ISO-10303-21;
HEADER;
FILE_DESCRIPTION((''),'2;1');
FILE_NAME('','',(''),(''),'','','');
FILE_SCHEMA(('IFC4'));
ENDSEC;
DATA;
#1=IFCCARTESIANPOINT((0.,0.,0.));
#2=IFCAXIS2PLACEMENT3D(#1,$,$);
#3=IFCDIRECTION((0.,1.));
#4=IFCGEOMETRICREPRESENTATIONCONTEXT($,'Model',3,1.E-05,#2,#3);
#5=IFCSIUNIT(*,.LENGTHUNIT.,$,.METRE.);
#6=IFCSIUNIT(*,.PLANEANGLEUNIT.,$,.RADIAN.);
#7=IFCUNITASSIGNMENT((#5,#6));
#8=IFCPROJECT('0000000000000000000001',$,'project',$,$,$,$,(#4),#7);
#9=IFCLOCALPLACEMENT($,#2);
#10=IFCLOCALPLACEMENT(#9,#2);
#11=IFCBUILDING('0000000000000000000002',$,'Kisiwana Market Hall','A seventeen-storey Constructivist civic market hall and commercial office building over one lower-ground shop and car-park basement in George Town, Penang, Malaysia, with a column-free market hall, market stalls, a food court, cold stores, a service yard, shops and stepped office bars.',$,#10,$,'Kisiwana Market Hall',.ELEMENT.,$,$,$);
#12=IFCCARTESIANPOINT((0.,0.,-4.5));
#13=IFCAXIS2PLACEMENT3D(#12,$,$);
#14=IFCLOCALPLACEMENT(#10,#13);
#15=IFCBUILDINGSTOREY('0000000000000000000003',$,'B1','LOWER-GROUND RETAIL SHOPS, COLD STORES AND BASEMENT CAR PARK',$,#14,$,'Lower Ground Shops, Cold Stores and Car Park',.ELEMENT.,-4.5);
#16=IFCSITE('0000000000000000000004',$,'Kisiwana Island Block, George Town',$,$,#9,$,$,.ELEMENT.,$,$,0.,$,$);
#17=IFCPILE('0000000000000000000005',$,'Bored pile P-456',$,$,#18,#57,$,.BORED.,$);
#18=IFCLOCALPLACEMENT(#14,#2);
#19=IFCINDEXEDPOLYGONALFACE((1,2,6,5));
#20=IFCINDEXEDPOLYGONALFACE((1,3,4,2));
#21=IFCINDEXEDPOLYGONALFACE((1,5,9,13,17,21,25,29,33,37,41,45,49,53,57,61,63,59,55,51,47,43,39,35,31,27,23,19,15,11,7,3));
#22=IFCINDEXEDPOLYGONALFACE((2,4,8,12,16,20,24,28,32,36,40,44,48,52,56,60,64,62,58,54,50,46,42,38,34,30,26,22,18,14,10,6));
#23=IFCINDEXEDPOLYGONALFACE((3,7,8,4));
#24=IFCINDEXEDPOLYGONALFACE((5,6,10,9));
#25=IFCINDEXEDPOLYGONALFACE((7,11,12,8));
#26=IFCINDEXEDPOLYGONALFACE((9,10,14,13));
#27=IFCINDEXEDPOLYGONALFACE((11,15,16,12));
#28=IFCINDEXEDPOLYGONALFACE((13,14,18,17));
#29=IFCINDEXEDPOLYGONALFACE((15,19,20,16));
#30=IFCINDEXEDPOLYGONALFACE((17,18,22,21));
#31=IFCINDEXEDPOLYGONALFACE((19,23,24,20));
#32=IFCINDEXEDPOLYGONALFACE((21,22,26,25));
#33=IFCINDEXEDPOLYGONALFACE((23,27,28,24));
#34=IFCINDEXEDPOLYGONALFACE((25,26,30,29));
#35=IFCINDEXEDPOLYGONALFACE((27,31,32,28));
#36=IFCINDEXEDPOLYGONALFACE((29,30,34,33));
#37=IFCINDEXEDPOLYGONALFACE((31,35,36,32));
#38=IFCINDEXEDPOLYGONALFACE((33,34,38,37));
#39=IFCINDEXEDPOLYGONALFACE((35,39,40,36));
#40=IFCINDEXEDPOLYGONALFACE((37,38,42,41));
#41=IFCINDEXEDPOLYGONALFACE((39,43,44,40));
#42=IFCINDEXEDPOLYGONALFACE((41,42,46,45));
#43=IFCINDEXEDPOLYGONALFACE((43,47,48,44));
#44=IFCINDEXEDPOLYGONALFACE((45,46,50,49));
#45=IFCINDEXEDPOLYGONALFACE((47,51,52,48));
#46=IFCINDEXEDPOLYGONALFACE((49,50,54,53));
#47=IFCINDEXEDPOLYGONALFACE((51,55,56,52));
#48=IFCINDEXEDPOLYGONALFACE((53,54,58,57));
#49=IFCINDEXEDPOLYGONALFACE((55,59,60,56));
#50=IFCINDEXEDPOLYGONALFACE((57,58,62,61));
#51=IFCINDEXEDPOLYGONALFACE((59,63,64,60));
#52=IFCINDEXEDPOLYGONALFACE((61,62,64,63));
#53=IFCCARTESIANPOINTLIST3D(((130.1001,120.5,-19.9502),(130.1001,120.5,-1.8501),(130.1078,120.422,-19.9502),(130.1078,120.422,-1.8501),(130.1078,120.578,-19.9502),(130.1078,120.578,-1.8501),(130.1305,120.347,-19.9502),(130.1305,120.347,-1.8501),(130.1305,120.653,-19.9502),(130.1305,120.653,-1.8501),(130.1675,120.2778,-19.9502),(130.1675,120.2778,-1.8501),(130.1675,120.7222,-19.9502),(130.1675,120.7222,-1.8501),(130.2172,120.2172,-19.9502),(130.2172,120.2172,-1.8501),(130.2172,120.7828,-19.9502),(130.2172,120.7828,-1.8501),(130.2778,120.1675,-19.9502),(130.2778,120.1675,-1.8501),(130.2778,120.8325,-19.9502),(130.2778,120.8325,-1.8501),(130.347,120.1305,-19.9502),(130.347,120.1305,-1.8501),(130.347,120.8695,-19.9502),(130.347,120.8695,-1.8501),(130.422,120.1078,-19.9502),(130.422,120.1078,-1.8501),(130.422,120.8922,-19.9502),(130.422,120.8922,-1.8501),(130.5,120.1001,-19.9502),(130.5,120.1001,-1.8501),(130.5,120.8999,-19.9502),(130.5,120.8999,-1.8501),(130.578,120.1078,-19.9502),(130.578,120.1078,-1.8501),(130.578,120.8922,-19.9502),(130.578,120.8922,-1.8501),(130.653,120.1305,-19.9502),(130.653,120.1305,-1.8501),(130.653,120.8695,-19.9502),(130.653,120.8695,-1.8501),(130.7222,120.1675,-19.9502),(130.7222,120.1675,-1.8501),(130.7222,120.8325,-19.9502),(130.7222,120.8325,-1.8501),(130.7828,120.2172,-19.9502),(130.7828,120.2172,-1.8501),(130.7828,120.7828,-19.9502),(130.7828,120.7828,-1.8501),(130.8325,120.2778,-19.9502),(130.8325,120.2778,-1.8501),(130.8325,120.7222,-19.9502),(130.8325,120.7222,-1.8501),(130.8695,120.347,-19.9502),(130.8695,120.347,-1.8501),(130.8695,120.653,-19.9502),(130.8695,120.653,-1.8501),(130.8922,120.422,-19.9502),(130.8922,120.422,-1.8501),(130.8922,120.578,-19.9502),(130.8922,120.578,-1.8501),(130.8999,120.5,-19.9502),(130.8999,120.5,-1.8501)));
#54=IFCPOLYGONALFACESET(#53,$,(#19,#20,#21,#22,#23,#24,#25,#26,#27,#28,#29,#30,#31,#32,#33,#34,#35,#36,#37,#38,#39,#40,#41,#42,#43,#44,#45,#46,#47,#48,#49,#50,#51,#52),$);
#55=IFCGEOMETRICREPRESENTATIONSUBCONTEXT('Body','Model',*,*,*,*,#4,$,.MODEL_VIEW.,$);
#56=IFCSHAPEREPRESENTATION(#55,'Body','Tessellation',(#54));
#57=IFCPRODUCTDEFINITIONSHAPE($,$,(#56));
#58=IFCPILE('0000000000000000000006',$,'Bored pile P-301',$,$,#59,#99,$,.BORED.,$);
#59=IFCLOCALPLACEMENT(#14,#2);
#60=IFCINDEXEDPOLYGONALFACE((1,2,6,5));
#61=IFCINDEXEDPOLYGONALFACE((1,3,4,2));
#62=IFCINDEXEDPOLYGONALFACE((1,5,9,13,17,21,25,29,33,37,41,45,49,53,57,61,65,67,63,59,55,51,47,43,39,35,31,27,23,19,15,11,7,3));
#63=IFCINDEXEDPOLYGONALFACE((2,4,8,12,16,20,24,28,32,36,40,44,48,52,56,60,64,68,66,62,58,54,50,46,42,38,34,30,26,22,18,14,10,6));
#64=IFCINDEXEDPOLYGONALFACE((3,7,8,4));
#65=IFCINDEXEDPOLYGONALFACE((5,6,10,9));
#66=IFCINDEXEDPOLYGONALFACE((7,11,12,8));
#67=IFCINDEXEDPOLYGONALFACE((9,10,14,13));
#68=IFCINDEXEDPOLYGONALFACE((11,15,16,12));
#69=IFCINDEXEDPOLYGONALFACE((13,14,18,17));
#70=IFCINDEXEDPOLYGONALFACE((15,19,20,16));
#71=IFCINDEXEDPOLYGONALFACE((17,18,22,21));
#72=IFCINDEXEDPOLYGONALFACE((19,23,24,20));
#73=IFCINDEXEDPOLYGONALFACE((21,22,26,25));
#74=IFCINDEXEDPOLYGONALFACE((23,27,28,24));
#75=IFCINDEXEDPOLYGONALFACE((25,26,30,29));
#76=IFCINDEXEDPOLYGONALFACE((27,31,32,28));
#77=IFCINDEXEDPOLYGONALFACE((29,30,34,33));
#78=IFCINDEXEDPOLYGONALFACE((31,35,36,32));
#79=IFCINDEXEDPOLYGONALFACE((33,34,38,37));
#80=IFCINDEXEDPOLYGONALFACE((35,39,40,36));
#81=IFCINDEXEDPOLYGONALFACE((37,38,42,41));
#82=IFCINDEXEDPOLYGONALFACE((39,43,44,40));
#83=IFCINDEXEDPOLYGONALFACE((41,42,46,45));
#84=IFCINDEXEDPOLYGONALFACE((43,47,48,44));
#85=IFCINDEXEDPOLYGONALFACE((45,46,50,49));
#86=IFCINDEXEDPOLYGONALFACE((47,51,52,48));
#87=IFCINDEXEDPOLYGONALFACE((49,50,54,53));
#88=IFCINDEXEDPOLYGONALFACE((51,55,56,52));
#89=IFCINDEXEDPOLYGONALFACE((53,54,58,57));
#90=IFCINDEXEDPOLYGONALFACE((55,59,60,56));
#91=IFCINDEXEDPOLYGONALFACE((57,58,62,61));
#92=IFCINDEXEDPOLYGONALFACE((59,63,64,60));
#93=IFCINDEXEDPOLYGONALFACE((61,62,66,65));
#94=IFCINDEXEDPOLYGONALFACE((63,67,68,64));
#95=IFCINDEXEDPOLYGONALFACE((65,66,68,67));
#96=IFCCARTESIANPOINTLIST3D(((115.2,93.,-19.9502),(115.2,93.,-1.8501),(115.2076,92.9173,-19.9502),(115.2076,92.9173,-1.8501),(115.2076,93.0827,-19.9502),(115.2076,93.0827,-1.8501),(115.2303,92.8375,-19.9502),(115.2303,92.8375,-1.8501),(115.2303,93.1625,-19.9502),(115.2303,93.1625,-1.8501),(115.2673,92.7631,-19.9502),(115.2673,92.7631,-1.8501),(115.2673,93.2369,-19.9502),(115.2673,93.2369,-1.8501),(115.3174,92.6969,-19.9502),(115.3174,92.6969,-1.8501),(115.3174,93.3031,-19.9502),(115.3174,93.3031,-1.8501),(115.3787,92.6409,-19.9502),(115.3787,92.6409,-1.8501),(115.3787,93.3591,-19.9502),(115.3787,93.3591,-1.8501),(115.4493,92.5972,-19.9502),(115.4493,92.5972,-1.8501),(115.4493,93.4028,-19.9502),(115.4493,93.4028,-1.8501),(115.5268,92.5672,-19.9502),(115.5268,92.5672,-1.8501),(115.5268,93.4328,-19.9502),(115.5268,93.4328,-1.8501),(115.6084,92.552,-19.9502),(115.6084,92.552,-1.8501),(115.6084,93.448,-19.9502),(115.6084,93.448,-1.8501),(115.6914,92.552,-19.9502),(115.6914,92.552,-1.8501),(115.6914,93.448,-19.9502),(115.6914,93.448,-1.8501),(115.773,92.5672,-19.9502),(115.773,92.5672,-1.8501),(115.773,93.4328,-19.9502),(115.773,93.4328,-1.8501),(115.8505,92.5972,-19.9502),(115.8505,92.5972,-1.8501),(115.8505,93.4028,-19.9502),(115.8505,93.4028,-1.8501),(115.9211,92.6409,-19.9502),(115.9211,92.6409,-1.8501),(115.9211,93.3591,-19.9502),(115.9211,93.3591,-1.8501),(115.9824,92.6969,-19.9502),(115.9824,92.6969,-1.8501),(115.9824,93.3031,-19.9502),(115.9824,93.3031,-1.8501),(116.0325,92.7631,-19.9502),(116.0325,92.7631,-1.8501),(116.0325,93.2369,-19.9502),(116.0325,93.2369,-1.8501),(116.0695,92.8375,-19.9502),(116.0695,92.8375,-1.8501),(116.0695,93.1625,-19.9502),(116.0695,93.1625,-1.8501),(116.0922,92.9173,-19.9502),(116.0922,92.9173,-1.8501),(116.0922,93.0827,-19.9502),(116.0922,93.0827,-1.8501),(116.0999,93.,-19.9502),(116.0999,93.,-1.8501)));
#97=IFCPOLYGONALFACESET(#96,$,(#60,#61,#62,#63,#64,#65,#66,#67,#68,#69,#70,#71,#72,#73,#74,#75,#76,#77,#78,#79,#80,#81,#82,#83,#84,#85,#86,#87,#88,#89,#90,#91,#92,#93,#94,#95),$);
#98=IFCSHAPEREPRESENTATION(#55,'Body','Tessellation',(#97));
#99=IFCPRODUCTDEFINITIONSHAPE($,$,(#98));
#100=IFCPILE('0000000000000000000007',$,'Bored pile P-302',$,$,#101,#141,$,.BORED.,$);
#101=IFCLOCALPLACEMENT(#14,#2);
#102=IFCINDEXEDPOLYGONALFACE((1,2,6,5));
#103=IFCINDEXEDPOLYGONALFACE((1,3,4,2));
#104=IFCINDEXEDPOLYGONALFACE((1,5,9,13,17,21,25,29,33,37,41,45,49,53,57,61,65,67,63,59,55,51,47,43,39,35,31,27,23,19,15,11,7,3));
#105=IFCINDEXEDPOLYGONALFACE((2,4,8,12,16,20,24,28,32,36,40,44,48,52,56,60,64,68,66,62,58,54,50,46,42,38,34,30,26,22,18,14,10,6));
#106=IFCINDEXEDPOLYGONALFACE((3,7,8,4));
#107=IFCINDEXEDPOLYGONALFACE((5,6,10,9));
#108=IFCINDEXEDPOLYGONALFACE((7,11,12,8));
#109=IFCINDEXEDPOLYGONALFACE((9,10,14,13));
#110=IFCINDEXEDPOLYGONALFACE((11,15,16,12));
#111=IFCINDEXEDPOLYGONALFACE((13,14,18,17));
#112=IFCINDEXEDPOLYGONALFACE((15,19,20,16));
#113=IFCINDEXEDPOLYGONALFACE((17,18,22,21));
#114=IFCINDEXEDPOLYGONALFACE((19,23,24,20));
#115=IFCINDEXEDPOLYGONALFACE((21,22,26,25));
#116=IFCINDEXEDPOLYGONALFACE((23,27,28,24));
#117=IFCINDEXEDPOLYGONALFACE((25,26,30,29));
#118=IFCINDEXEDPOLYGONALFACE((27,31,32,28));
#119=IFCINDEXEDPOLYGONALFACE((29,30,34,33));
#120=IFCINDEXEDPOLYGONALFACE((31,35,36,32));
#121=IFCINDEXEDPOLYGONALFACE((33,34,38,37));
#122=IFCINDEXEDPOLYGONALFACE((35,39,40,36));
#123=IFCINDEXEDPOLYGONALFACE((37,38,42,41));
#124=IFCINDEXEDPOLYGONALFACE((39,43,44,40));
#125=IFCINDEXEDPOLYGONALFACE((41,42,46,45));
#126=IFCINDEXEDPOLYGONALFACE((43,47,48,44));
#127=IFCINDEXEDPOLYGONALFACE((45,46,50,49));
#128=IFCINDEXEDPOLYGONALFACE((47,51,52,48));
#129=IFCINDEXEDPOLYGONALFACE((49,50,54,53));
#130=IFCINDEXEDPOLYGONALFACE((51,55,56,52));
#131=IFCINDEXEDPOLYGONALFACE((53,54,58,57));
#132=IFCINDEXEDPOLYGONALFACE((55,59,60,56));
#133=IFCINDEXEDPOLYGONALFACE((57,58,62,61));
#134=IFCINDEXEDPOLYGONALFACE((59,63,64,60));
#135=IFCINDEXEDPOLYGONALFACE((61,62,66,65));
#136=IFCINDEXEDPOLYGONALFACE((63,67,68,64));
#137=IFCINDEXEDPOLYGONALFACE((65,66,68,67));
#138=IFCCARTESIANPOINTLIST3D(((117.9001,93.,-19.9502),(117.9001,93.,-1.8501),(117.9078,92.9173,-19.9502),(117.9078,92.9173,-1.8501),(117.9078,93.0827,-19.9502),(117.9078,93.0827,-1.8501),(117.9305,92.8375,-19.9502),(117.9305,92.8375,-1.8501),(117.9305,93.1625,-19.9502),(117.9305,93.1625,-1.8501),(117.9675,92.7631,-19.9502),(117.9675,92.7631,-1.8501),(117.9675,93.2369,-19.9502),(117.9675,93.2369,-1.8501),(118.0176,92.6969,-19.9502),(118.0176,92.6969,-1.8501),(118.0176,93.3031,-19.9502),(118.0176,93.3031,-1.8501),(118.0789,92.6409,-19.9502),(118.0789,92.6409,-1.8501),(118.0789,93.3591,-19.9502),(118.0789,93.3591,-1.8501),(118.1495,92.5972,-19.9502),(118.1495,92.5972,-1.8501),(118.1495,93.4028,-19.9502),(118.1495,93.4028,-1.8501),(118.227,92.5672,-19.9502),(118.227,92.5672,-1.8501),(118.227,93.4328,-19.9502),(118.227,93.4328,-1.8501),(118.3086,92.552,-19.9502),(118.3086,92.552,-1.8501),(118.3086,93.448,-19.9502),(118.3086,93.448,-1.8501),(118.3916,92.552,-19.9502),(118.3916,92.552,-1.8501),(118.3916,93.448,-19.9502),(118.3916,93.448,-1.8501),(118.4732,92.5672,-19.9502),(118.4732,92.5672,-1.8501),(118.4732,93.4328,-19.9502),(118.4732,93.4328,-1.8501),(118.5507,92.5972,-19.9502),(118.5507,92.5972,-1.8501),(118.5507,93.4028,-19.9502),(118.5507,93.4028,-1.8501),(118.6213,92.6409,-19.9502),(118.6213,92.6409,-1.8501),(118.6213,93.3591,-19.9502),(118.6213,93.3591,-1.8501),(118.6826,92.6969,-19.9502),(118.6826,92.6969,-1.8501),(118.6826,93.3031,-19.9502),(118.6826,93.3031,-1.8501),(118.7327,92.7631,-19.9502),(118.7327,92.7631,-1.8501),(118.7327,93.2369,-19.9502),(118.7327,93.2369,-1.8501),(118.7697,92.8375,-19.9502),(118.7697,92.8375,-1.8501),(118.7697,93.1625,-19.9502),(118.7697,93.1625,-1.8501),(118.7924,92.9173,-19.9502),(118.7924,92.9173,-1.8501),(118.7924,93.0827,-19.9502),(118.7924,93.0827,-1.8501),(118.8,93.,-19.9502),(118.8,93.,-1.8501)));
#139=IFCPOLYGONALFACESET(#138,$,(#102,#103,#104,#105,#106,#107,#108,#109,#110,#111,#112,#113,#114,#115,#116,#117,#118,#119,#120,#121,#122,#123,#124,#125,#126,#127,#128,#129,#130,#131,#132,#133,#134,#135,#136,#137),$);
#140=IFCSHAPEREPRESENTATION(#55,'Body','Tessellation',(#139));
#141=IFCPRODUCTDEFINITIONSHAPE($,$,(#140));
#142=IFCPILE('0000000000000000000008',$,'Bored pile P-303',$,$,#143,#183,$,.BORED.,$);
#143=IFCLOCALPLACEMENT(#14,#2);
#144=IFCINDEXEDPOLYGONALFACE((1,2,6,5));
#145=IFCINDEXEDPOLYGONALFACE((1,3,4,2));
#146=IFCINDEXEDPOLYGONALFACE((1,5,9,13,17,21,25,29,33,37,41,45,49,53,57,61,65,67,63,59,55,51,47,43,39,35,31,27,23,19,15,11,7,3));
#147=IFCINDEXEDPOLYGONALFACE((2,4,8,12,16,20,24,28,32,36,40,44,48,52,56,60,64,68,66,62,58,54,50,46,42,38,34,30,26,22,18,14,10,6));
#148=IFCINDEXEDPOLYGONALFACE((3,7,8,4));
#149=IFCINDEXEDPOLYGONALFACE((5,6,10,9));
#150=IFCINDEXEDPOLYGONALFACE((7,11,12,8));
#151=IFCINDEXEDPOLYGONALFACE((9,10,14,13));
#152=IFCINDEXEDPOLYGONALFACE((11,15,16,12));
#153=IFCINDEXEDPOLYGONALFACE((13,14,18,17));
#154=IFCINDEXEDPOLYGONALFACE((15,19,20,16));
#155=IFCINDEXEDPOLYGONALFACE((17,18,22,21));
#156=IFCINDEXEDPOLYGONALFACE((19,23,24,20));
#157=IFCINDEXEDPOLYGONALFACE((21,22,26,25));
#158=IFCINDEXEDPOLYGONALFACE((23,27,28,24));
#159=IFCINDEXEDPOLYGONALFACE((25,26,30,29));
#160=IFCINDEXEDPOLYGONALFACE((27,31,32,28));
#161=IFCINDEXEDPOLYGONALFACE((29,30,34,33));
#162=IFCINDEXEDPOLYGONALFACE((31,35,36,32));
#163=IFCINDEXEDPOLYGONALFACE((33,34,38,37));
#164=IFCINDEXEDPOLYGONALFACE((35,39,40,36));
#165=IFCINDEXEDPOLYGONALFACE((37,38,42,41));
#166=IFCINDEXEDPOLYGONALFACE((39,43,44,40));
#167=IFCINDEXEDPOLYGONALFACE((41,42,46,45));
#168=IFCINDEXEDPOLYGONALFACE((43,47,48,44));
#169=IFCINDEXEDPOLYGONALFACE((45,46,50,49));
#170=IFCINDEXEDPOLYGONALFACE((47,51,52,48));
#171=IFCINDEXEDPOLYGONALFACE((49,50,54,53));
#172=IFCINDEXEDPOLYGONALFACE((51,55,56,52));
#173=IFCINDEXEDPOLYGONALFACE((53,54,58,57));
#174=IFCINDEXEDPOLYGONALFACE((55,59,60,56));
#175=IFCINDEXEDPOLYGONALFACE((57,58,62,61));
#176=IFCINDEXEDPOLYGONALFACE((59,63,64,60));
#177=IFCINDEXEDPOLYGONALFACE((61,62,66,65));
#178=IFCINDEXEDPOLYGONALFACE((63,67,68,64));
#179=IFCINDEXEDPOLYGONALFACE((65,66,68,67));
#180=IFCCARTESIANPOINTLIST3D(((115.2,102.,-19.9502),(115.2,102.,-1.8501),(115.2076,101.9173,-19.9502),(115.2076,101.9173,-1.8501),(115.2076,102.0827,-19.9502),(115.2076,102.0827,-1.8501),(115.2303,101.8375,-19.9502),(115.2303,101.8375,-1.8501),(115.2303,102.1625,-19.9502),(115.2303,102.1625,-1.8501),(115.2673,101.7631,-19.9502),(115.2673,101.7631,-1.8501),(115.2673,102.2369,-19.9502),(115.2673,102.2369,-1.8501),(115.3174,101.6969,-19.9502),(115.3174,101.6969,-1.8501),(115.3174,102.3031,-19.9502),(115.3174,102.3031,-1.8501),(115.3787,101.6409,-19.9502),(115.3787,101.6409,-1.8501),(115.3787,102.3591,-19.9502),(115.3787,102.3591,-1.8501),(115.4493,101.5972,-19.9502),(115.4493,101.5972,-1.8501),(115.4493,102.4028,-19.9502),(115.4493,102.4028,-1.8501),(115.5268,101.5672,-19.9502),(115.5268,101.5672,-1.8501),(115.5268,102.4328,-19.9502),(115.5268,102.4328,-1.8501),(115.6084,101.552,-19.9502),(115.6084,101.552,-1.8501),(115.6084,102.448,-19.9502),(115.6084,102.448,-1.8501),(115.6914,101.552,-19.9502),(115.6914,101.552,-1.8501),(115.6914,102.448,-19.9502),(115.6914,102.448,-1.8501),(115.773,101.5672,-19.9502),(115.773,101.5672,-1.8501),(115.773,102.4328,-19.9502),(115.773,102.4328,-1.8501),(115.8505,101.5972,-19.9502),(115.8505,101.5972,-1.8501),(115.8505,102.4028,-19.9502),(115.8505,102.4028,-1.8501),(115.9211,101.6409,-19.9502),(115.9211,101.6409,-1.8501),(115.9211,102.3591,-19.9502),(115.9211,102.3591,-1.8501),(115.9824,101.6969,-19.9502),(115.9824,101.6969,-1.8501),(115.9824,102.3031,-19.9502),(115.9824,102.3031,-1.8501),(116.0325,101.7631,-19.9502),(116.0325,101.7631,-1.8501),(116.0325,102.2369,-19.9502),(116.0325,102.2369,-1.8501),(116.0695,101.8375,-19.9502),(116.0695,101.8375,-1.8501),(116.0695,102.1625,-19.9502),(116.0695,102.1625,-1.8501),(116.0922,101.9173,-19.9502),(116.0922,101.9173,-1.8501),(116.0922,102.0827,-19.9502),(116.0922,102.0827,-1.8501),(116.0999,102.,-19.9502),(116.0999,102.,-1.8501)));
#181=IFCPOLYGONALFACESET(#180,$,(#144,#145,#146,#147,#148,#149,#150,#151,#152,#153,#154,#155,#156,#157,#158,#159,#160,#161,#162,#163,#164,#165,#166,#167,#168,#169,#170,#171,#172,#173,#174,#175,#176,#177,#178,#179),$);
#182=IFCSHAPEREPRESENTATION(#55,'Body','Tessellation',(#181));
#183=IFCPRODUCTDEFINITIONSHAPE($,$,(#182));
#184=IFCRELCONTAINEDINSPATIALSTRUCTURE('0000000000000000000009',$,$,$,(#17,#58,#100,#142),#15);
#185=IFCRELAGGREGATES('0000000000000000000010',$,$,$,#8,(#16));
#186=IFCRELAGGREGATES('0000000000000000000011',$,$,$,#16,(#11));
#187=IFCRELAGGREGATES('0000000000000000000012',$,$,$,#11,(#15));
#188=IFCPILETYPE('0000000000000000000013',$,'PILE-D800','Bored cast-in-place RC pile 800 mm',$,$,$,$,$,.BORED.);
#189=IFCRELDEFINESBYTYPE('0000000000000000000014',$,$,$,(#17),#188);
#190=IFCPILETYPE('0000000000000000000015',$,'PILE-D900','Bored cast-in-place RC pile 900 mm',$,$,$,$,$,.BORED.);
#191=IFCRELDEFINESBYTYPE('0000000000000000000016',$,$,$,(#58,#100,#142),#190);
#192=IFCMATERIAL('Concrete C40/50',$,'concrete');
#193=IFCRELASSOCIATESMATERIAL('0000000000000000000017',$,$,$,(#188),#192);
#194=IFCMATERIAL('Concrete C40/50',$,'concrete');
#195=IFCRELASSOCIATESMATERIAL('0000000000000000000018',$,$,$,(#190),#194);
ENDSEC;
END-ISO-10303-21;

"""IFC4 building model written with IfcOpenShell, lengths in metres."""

from ifc_helpers import new_model, si_unit, direction, frame, origin, origin_2d, place, context, subcontext, project, spatial, circle, extrude, material, material_profile, profile_set, type_object, element, save


model = new_model("IFC4")

# Units and contexts
model_context = context("Model", 3, precision=1e-05, world=origin(), true_north=direction((0.0, 1.0)))
body_context = subcontext(model_context, "Body", "Model", "MODEL_VIEW")
ifc_project = project(units=[si_unit("LENGTHUNIT", "METRE"), si_unit("PLANEANGLEUNIT", "RADIAN")], contexts=[model_context])

# Site, building, storey
site_placement = place(None, origin())
site = spatial("IfcSite", under=ifc_project, at=site_placement, Name="Kisiwana Island Block, George Town", CompositionType="ELEMENT", RefElevation=0.0)
building_placement = place(site_placement, origin())
building = spatial("IfcBuilding", under=site, at=building_placement, Name="Kisiwana Market Hall", Description="A seventeen-storey Constructivist civic market hall and commercial office building over one lower-ground shop and car-park basement in George Town, Penang, Malaysia, with a column-free market hall, market stalls, a food court, cold stores, a service yard, shops and stepped office bars.", LongName="Kisiwana Market Hall", CompositionType="ELEMENT")
storey_placement = place(building_placement, frame((0.0, 0.0, -4.5)))
storey = spatial("IfcBuildingStorey", under=building, at=storey_placement, Name="B1", Description="LOWER-GROUND RETAIL SHOPS, COLD STORES AND BASEMENT CAR PARK", LongName="Lower Ground Shops, Cold Stores and Car Park", CompositionType="ELEMENT", Elevation=-4.5)

# Piles
ifc_material_1 = material(Name="Concrete C40/50", Category="concrete")
ifc_material_profile_1 = material_profile(ifc_material_1, circle(Radius=0.3999, at=origin_2d()), Name="BP D800")
ifc_profile_set_1 = profile_set([ifc_material_profile_1], Name="Concrete C40/50")
pile_type_1 = type_object("IfcPileType", Name="PILE-D800", Description="Bored cast-in-place RC pile 800 mm", PredefinedType="BORED", material=ifc_profile_set_1)
for number, where, z_axis, x_axis, name in (
    (1, (130.5, 120.5, -1.8501), (0.0, 0.0, -1.0), (1.0, 0.0, 0.0), "Bored pile P-456"),
):
    element("IfcPile", number, at=place(storey_placement, frame(where, z_axis=z_axis, x_axis=x_axis)), inside=storey, type_object=pile_type_1, Name=name, PredefinedType="BORED", context=body_context, shape_type="SweptSolid", body=[
        extrude(circle(Radius=0.3999, at=origin_2d()), origin(), (0.0, 0.0, 1.0), 18.1001),
    ])
ifc_material_2 = material(Name="Concrete C40/50", Category="concrete")
ifc_material_profile_2 = material_profile(ifc_material_2, circle(Radius=0.45, at=origin_2d()), Name="BP D900")
ifc_profile_set_2 = profile_set([ifc_material_profile_2], Name="Concrete C40/50")
pile_type_2 = type_object("IfcPileType", Name="PILE-D900", Description="Bored cast-in-place RC pile 900 mm", PredefinedType="BORED", material=ifc_profile_set_2)
for number, where, z_axis, x_axis, name in (
    (2, (115.6499, 93.0, -1.8501), (0.0, 0.0, -1.0), (1.0, 0.0, 0.0), "Bored pile P-301"),
    (3, (118.3501, 93.0, -1.8501), (0.0, 0.0, -1.0), (1.0, 0.0, 0.0), "Bored pile P-302"),
    (4, (115.6499, 102.0, -1.8501), (0.0, 0.0, -1.0), (1.0, 0.0, 0.0), "Bored pile P-303"),
):
    element("IfcPile", number, at=place(storey_placement, frame(where, z_axis=z_axis, x_axis=x_axis)), inside=storey, type_object=pile_type_2, Name=name, PredefinedType="BORED", context=body_context, shape_type="SweptSolid", body=[
        extrude(circle(Radius=0.45, at=origin_2d()), origin(), (0.0, 0.0, 1.0), 18.1001),
    ])

save(model, "model.ifc")
